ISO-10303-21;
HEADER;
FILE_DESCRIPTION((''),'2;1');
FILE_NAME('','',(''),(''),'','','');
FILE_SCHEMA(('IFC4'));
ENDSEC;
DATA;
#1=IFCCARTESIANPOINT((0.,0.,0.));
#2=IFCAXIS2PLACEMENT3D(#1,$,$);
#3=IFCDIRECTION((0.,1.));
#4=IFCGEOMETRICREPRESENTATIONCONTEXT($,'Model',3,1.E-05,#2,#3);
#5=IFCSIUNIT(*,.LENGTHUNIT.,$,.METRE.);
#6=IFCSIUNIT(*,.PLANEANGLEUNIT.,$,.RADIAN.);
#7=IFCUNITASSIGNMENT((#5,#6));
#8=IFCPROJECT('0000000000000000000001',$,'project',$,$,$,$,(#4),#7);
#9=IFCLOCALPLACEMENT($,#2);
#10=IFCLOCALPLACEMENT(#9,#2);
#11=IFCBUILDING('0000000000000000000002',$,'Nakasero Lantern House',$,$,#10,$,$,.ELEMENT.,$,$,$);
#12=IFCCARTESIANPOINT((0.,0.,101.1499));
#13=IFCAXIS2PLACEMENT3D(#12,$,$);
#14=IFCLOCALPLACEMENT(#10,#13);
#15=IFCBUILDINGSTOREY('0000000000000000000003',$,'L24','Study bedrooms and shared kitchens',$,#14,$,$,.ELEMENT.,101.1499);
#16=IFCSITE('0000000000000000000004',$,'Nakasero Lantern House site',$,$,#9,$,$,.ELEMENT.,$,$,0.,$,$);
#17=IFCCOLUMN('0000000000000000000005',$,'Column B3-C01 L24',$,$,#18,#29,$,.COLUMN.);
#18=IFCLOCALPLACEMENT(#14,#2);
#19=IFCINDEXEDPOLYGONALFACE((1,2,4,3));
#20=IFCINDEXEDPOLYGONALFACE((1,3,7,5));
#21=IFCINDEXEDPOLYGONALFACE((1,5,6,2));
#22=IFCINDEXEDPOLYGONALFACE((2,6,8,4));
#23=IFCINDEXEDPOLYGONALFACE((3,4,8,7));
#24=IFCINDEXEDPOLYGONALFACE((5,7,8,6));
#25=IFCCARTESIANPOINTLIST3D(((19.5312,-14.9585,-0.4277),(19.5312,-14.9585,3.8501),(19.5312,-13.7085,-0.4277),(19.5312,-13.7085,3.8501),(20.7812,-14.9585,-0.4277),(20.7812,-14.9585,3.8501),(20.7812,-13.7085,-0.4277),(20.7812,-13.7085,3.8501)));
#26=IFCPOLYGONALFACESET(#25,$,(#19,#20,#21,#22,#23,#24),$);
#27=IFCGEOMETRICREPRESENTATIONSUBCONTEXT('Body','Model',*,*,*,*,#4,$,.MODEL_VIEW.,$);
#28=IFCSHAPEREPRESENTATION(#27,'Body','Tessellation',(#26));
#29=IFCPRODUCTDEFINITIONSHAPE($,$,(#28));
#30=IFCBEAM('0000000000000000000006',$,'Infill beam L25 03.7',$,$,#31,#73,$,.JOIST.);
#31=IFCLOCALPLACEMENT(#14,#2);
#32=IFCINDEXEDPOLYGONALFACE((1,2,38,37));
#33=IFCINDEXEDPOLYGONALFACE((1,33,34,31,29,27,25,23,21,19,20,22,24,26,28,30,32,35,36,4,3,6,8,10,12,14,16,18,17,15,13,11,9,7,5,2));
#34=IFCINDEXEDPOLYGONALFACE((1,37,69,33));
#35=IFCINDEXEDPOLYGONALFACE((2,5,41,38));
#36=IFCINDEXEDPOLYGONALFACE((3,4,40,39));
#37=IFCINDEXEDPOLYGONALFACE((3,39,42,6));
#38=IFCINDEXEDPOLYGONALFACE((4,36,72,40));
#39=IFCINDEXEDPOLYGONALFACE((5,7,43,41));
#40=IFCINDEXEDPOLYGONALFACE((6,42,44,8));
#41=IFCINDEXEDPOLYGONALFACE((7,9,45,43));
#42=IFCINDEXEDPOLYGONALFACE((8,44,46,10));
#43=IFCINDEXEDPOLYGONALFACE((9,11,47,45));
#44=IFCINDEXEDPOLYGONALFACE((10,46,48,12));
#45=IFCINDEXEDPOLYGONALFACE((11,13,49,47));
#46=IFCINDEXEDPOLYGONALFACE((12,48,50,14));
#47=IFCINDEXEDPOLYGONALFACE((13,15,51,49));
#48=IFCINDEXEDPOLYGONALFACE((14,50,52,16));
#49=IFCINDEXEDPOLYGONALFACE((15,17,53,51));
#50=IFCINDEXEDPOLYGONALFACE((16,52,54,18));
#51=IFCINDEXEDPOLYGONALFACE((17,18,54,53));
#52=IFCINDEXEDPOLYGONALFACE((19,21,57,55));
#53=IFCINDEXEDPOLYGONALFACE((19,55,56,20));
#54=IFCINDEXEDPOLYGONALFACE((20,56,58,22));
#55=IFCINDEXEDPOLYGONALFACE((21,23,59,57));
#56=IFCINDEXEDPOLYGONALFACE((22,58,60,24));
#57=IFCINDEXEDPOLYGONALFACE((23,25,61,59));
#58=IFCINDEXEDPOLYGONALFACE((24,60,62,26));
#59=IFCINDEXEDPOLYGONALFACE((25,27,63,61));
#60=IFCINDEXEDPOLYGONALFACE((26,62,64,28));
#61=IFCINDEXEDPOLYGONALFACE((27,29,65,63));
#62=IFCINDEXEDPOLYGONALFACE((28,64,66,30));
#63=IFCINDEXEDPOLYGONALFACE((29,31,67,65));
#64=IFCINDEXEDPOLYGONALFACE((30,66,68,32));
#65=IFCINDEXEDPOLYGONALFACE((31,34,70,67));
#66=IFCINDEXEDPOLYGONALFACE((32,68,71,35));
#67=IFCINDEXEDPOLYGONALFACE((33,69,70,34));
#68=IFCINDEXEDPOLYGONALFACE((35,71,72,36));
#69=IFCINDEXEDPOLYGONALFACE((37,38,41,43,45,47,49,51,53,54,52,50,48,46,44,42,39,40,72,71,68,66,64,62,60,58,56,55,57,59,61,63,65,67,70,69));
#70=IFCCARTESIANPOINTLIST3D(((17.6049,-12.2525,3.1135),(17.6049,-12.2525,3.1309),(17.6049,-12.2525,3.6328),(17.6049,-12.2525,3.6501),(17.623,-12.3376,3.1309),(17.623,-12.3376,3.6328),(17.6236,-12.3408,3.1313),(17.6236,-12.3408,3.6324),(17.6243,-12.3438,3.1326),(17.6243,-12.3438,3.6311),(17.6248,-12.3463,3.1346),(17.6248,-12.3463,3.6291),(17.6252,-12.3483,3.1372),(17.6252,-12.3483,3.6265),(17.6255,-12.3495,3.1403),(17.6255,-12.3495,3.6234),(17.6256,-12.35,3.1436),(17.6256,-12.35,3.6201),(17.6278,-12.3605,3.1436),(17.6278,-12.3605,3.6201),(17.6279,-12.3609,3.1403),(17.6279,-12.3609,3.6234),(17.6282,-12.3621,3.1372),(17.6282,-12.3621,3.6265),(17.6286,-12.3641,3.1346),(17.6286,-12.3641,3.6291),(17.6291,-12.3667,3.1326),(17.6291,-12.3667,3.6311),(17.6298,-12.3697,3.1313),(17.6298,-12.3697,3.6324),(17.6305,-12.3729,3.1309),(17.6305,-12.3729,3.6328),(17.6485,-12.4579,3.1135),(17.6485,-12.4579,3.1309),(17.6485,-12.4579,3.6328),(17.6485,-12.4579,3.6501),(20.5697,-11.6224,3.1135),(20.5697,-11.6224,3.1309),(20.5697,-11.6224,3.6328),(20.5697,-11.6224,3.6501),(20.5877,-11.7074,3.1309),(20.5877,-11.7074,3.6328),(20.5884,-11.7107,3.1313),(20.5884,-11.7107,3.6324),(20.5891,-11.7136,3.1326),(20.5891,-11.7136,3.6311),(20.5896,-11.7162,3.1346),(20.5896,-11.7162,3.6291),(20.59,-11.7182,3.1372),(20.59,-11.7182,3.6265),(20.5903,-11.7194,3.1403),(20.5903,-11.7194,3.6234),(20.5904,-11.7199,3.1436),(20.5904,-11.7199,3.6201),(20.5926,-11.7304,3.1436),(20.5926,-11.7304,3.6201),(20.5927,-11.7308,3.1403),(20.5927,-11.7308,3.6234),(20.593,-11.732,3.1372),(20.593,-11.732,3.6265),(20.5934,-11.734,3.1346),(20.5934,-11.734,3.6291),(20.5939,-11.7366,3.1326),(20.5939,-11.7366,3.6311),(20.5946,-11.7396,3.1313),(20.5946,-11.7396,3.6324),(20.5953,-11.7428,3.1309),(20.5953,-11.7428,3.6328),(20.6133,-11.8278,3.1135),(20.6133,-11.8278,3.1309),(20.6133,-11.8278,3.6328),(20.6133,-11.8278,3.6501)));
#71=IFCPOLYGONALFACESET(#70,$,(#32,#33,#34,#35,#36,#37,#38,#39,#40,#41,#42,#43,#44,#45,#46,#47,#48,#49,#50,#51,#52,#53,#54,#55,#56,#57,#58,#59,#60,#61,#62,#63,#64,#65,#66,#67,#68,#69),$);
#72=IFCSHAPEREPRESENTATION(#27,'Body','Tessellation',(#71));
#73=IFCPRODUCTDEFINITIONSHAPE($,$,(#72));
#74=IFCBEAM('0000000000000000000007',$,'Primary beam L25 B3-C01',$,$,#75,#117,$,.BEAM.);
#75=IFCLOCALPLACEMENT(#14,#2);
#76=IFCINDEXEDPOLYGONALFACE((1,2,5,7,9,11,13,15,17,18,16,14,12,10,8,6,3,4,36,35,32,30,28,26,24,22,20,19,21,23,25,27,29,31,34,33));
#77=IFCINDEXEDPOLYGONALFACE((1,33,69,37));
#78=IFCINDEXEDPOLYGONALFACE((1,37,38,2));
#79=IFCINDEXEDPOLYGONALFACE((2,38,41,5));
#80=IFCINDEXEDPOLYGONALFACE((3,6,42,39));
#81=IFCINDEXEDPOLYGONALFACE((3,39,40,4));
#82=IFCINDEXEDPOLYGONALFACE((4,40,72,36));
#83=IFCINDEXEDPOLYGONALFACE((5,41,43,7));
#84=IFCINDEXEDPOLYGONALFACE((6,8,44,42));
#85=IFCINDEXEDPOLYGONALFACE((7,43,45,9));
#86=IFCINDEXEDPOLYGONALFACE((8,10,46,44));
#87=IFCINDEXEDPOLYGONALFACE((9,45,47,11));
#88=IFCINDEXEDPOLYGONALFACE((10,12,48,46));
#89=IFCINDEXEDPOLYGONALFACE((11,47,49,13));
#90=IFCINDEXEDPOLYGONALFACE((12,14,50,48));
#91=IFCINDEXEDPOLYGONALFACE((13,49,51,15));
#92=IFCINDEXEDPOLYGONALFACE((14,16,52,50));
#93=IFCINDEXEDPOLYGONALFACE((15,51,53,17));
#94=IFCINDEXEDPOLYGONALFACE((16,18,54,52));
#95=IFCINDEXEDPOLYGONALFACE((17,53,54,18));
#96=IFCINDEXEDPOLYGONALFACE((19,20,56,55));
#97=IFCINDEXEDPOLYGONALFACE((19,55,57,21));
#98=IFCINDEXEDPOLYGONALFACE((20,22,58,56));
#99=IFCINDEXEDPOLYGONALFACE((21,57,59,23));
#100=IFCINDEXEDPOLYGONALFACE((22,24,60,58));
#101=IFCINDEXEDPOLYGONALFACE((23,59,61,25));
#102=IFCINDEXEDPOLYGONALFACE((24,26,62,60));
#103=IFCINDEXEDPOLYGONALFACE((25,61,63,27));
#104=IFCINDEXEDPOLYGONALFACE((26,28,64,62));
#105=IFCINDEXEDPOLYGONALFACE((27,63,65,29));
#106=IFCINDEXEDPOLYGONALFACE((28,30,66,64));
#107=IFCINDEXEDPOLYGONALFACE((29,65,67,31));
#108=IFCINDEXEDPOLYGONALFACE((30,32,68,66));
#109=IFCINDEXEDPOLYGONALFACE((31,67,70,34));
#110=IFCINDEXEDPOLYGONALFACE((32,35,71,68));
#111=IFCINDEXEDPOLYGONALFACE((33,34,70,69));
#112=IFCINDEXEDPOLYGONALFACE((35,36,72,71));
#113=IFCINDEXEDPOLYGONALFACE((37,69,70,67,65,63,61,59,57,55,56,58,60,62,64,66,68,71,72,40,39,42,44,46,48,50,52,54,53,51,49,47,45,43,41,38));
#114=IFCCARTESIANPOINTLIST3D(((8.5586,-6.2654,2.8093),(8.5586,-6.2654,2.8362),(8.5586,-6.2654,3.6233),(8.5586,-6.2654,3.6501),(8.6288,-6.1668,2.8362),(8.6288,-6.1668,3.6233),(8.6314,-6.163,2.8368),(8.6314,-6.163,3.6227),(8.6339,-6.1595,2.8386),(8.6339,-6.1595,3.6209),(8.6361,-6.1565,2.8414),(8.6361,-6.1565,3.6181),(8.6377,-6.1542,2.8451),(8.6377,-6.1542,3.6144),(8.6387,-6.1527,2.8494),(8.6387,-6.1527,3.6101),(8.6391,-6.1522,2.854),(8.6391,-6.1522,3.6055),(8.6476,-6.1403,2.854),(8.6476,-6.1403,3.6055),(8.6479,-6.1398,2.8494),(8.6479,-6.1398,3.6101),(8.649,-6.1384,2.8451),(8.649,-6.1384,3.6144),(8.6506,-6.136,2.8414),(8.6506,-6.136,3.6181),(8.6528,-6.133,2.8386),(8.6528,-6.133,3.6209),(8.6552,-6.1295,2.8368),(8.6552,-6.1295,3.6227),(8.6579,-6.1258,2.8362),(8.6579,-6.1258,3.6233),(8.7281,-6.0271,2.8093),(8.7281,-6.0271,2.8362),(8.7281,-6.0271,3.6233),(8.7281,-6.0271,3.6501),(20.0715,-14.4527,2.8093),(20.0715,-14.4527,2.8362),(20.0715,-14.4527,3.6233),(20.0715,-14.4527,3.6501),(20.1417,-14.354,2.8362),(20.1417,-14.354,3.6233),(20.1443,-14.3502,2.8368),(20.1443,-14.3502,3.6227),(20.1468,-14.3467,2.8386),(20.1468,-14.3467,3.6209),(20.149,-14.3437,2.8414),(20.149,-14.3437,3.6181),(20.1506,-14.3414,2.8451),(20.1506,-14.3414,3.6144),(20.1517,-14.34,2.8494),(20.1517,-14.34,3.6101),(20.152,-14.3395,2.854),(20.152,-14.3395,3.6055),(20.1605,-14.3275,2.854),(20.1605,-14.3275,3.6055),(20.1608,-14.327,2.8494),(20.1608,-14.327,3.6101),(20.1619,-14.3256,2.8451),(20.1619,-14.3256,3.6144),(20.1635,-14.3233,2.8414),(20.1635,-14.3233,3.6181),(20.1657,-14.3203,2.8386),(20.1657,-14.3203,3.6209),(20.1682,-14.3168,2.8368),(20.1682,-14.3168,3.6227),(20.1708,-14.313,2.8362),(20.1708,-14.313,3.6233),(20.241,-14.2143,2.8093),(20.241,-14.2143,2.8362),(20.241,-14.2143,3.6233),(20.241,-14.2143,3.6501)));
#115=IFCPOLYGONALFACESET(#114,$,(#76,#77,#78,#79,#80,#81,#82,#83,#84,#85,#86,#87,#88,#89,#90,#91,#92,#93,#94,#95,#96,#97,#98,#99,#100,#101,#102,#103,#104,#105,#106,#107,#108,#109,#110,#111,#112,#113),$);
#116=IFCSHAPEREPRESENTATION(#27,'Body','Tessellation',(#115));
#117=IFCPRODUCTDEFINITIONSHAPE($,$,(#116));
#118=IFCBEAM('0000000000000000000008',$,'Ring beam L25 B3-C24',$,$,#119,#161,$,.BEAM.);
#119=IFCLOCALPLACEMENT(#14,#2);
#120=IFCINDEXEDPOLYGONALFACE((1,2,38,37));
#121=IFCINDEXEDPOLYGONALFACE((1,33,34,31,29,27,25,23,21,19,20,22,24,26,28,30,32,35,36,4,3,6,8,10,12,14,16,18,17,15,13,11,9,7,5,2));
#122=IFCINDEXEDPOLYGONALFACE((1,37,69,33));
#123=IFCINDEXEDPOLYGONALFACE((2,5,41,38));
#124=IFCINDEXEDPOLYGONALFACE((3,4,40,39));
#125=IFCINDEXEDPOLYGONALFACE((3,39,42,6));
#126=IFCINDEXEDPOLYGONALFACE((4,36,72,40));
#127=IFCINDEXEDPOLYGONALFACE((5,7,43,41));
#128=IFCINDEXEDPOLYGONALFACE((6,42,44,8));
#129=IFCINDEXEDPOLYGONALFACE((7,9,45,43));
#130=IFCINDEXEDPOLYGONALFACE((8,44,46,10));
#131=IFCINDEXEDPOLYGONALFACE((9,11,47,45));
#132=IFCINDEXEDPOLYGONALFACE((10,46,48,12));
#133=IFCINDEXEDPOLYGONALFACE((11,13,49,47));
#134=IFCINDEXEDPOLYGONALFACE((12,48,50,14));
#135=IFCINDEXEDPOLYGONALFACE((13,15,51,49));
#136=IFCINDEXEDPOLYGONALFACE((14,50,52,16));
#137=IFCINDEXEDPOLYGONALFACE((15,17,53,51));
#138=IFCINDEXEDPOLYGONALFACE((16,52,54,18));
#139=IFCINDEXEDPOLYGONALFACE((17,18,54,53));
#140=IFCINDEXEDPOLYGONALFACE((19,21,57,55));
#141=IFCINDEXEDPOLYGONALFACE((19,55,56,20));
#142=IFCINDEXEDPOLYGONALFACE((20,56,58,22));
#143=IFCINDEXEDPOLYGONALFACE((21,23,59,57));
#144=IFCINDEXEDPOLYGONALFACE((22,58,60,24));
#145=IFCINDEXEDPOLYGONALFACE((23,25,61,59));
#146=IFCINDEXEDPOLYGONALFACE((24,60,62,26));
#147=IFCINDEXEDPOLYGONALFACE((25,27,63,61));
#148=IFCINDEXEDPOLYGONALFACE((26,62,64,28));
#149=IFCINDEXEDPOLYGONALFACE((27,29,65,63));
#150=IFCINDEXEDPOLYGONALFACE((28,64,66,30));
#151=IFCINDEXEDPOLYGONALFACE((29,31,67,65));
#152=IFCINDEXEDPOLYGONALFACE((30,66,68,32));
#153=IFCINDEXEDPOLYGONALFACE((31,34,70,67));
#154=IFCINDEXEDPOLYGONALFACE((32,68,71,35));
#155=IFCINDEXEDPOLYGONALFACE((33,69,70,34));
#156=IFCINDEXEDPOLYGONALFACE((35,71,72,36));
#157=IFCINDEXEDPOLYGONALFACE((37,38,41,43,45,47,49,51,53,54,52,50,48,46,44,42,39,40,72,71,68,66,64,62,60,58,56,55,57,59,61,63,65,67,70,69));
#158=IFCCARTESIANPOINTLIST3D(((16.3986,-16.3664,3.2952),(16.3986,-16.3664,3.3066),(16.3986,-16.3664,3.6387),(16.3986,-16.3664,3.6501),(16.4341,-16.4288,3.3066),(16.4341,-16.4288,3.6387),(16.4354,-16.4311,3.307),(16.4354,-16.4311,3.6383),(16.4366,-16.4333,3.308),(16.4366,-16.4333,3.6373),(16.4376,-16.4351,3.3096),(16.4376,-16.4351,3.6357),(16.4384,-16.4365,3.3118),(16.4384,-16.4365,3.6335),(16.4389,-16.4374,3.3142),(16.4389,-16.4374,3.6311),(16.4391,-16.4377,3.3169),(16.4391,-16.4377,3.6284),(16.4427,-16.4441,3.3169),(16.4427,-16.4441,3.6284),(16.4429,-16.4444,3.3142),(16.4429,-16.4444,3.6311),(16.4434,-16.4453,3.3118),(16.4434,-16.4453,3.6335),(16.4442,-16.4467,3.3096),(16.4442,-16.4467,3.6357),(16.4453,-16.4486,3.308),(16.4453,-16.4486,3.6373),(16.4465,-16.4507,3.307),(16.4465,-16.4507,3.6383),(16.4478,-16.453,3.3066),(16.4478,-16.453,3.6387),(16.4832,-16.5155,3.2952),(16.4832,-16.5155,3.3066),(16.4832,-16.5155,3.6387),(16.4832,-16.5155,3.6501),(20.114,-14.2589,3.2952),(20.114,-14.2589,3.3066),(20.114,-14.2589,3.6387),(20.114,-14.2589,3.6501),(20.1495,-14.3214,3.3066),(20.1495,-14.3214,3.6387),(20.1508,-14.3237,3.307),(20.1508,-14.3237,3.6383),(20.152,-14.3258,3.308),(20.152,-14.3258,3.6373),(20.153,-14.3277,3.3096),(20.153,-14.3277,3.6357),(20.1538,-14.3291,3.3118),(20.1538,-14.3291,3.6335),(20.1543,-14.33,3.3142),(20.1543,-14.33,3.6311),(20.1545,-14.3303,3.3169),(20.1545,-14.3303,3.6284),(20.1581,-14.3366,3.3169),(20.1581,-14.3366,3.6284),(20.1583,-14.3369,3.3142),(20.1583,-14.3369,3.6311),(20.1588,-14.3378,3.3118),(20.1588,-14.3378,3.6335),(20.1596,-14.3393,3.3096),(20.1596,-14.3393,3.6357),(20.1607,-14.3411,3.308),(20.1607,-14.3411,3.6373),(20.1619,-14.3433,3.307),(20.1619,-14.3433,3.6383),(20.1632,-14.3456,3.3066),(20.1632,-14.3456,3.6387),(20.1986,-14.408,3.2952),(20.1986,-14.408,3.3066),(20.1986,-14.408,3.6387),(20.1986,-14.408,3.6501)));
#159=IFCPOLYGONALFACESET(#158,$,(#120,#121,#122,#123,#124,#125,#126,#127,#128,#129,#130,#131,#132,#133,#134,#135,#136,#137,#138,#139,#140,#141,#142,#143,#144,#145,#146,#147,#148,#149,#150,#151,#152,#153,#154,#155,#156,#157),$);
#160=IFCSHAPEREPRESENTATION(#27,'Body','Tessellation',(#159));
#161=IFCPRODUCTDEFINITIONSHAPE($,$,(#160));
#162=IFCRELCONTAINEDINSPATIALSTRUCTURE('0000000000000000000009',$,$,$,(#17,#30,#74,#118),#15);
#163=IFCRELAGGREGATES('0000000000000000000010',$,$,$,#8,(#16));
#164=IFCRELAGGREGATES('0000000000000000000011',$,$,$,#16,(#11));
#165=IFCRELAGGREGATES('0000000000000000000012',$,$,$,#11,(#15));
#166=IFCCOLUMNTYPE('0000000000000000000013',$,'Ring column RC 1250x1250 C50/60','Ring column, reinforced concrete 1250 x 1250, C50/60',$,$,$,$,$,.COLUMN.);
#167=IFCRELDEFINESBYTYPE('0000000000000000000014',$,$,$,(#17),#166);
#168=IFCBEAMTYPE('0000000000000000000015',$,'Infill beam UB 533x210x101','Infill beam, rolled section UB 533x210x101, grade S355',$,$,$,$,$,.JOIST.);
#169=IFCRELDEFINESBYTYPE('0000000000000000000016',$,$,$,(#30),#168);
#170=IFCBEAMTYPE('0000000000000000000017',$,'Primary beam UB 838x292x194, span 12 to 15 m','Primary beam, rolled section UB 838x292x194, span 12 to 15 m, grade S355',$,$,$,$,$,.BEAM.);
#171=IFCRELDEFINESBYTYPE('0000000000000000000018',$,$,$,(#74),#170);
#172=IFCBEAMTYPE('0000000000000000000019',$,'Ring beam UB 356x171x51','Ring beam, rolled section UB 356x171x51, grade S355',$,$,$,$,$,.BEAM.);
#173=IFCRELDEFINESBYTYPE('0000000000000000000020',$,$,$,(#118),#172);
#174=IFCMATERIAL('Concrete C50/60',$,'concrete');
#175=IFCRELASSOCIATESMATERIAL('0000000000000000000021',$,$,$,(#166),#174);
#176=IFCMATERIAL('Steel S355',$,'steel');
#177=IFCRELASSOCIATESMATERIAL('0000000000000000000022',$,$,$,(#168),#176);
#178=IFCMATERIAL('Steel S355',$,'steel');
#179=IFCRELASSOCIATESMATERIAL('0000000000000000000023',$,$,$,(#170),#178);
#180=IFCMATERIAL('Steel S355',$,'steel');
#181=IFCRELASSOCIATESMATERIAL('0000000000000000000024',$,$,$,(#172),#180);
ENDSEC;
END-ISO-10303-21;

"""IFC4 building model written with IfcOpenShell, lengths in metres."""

from ifc_helpers import new_model, si_unit, direction, frame, origin, origin_2d, place, context, subcontext, project, spatial, rectangle, i_section, extrude, material, material_profile, profile_set, type_object, element, save


model = new_model("IFC4")

# Units and contexts
model_context = context("Model", 3, precision=1e-05, world=origin(), true_north=direction((0.0, 1.0)))
body_context = subcontext(model_context, "Body", "Model", "MODEL_VIEW")
ifc_project = project(units=[si_unit("LENGTHUNIT", "METRE"), si_unit("PLANEANGLEUNIT", "RADIAN")], contexts=[model_context])

# Site, building, storey
site_placement = place(None, origin())
site = spatial("IfcSite", under=ifc_project, at=site_placement, Name="Nakasero Lantern House site", CompositionType="ELEMENT", RefElevation=0.0)
building_placement = place(site_placement, origin())
building = spatial("IfcBuilding", under=site, at=building_placement, Name="Nakasero Lantern House", CompositionType="ELEMENT")
storey_placement = place(building_placement, frame((0.0, 0.0, 101.1499)))
storey = spatial("IfcBuildingStorey", under=building, at=storey_placement, Name="L24", Description="Study bedrooms and shared kitchens", CompositionType="ELEMENT", Elevation=101.1499)

# Column
ifc_material_1 = material(Name="Concrete C50/60", Category="concrete")
ifc_material_profile_1 = material_profile(ifc_material_1, rectangle(XDim=1.25, YDim=1.25, at=origin_2d()), Name="RC 1250x1250")
ifc_profile_set_1 = profile_set([ifc_material_profile_1], Name="Concrete C50/60")
column_type = type_object("IfcColumnType", Name="Ring column RC 1250x1250 C50/60", Description="Ring column, reinforced concrete 1250 x 1250, C50/60", PredefinedType="COLUMN", material=ifc_profile_set_1)
column_placement = place(storey_placement, frame((20.1562, -14.3335, -0.4277), z_axis=(0.0, 0.0, 1.0), x_axis=(1.0, 0.0, 0.0)))
element("IfcColumn", 1, at=column_placement, inside=storey, type_object=column_type, Name="Column B3-C01 L24", PredefinedType="COLUMN", context=body_context, shape_type="SweptSolid", body=[
    extrude(rectangle(XDim=1.25, YDim=1.25, at=origin_2d()), origin(), (0.0, 0.0, 1.0), 4.2778),
])

# Beams
ifc_material_2 = material(Name="Steel S355", Category="steel")
ifc_material_profile_2 = material_profile(ifc_material_2, i_section(OverallWidth=0.21, OverallDepth=0.5366, WebThickness=0.0107, FlangeThickness=0.0173, FilletRadius=0.0127, at=origin_2d()), Name="UB 533x210x101")
ifc_profile_set_2 = profile_set([ifc_material_profile_2], Name="Steel S355")
beam_type_1 = type_object("IfcBeamType", Name="Infill beam UB 533x210x101", Description="Infill beam, rolled section UB 533x210x101, grade S355", PredefinedType="JOIST", material=ifc_profile_set_2)
beam_1_placement = place(storey_placement, frame((17.6267, -12.3552, 3.3818), z_axis=(0.978152, 0.20789, 0.0), x_axis=(-0.20789, 0.978152, 0.0)))
element("IfcBeam", 2, at=beam_1_placement, inside=storey, type_object=beam_type_1, Name="Infill beam L25 03.7", PredefinedType="JOIST", context=body_context, shape_type="SweptSolid", body=[
    extrude(i_section(OverallWidth=0.21, OverallDepth=0.5366, WebThickness=0.0107, FlangeThickness=0.0173, FilletRadius=0.0127, at=origin_2d()), origin(), (0.0, 0.0, 1.0), 3.031),
])
ifc_material_3 = material(Name="Steel S355", Category="steel")
ifc_material_profile_3 = material_profile(ifc_material_3, i_section(OverallWidth=0.2925, OverallDepth=0.8408, WebThickness=0.0146, FlangeThickness=0.0269, FilletRadius=0.0178, at=origin_2d()), Name="UB 838x292x194")
ifc_profile_set_3 = profile_set([ifc_material_profile_3], Name="Steel S355")
beam_type_2 = type_object("IfcBeamType", Name="Primary beam UB 838x292x194, span 12 to 15 m", Description="Primary beam, rolled section UB 838x292x194, span 12 to 15 m, grade S355", PredefinedType="BEAM", material=ifc_profile_set_3)
beam_2_placement = place(storey_placement, frame((20.1562, -14.3335, 3.2297), z_axis=(-0.814946, 0.579537, 0.0), x_axis=(-0.579537, -0.814946, 0.0)))
element("IfcBeam", 3, at=beam_2_placement, inside=storey, type_object=beam_type_2, Name="Primary beam L25 B3-C01", PredefinedType="BEAM", context=body_context, shape_type="SweptSolid", body=[
    extrude(i_section(OverallWidth=0.2925, OverallDepth=0.8408, WebThickness=0.0146, FlangeThickness=0.0269, FilletRadius=0.0178, at=origin_2d()), origin(), (0.0, 0.0, 1.0), 14.1272),
])
ifc_material_4 = material(Name="Steel S355", Category="steel")
ifc_material_profile_4 = material_profile(ifc_material_4, i_section(OverallWidth=0.1714, OverallDepth=0.355, WebThickness=0.0073, FlangeThickness=0.0115, FilletRadius=0.0103, at=origin_2d()), Name="UB 356x171x51")
ifc_profile_set_4 = profile_set([ifc_material_profile_4], Name="Steel S355")
beam_type_3 = type_object("IfcBeamType", Name="Ring beam UB 356x171x51", Description="Ring beam, rolled section UB 356x171x51, grade S355", PredefinedType="BEAM", material=ifc_profile_set_4)
beam_3_placement = place(storey_placement, frame((16.4409, -16.4409, 3.4727), z_axis=(0.869815, 0.493379, 0.0), x_axis=(-0.493379, 0.869815, 0.0)))
element("IfcBeam", 4, at=beam_3_placement, inside=storey, type_object=beam_type_3, Name="Ring beam L25 B3-C24", PredefinedType="BEAM", context=body_context, shape_type="SweptSolid", body=[
    extrude(i_section(OverallWidth=0.1714, OverallDepth=0.355, WebThickness=0.0073, FlangeThickness=0.0115, FilletRadius=0.0103, at=origin_2d()), origin(), (0.0, 0.0, 1.0), 4.2715),
])

save(model, "model.ifc")
